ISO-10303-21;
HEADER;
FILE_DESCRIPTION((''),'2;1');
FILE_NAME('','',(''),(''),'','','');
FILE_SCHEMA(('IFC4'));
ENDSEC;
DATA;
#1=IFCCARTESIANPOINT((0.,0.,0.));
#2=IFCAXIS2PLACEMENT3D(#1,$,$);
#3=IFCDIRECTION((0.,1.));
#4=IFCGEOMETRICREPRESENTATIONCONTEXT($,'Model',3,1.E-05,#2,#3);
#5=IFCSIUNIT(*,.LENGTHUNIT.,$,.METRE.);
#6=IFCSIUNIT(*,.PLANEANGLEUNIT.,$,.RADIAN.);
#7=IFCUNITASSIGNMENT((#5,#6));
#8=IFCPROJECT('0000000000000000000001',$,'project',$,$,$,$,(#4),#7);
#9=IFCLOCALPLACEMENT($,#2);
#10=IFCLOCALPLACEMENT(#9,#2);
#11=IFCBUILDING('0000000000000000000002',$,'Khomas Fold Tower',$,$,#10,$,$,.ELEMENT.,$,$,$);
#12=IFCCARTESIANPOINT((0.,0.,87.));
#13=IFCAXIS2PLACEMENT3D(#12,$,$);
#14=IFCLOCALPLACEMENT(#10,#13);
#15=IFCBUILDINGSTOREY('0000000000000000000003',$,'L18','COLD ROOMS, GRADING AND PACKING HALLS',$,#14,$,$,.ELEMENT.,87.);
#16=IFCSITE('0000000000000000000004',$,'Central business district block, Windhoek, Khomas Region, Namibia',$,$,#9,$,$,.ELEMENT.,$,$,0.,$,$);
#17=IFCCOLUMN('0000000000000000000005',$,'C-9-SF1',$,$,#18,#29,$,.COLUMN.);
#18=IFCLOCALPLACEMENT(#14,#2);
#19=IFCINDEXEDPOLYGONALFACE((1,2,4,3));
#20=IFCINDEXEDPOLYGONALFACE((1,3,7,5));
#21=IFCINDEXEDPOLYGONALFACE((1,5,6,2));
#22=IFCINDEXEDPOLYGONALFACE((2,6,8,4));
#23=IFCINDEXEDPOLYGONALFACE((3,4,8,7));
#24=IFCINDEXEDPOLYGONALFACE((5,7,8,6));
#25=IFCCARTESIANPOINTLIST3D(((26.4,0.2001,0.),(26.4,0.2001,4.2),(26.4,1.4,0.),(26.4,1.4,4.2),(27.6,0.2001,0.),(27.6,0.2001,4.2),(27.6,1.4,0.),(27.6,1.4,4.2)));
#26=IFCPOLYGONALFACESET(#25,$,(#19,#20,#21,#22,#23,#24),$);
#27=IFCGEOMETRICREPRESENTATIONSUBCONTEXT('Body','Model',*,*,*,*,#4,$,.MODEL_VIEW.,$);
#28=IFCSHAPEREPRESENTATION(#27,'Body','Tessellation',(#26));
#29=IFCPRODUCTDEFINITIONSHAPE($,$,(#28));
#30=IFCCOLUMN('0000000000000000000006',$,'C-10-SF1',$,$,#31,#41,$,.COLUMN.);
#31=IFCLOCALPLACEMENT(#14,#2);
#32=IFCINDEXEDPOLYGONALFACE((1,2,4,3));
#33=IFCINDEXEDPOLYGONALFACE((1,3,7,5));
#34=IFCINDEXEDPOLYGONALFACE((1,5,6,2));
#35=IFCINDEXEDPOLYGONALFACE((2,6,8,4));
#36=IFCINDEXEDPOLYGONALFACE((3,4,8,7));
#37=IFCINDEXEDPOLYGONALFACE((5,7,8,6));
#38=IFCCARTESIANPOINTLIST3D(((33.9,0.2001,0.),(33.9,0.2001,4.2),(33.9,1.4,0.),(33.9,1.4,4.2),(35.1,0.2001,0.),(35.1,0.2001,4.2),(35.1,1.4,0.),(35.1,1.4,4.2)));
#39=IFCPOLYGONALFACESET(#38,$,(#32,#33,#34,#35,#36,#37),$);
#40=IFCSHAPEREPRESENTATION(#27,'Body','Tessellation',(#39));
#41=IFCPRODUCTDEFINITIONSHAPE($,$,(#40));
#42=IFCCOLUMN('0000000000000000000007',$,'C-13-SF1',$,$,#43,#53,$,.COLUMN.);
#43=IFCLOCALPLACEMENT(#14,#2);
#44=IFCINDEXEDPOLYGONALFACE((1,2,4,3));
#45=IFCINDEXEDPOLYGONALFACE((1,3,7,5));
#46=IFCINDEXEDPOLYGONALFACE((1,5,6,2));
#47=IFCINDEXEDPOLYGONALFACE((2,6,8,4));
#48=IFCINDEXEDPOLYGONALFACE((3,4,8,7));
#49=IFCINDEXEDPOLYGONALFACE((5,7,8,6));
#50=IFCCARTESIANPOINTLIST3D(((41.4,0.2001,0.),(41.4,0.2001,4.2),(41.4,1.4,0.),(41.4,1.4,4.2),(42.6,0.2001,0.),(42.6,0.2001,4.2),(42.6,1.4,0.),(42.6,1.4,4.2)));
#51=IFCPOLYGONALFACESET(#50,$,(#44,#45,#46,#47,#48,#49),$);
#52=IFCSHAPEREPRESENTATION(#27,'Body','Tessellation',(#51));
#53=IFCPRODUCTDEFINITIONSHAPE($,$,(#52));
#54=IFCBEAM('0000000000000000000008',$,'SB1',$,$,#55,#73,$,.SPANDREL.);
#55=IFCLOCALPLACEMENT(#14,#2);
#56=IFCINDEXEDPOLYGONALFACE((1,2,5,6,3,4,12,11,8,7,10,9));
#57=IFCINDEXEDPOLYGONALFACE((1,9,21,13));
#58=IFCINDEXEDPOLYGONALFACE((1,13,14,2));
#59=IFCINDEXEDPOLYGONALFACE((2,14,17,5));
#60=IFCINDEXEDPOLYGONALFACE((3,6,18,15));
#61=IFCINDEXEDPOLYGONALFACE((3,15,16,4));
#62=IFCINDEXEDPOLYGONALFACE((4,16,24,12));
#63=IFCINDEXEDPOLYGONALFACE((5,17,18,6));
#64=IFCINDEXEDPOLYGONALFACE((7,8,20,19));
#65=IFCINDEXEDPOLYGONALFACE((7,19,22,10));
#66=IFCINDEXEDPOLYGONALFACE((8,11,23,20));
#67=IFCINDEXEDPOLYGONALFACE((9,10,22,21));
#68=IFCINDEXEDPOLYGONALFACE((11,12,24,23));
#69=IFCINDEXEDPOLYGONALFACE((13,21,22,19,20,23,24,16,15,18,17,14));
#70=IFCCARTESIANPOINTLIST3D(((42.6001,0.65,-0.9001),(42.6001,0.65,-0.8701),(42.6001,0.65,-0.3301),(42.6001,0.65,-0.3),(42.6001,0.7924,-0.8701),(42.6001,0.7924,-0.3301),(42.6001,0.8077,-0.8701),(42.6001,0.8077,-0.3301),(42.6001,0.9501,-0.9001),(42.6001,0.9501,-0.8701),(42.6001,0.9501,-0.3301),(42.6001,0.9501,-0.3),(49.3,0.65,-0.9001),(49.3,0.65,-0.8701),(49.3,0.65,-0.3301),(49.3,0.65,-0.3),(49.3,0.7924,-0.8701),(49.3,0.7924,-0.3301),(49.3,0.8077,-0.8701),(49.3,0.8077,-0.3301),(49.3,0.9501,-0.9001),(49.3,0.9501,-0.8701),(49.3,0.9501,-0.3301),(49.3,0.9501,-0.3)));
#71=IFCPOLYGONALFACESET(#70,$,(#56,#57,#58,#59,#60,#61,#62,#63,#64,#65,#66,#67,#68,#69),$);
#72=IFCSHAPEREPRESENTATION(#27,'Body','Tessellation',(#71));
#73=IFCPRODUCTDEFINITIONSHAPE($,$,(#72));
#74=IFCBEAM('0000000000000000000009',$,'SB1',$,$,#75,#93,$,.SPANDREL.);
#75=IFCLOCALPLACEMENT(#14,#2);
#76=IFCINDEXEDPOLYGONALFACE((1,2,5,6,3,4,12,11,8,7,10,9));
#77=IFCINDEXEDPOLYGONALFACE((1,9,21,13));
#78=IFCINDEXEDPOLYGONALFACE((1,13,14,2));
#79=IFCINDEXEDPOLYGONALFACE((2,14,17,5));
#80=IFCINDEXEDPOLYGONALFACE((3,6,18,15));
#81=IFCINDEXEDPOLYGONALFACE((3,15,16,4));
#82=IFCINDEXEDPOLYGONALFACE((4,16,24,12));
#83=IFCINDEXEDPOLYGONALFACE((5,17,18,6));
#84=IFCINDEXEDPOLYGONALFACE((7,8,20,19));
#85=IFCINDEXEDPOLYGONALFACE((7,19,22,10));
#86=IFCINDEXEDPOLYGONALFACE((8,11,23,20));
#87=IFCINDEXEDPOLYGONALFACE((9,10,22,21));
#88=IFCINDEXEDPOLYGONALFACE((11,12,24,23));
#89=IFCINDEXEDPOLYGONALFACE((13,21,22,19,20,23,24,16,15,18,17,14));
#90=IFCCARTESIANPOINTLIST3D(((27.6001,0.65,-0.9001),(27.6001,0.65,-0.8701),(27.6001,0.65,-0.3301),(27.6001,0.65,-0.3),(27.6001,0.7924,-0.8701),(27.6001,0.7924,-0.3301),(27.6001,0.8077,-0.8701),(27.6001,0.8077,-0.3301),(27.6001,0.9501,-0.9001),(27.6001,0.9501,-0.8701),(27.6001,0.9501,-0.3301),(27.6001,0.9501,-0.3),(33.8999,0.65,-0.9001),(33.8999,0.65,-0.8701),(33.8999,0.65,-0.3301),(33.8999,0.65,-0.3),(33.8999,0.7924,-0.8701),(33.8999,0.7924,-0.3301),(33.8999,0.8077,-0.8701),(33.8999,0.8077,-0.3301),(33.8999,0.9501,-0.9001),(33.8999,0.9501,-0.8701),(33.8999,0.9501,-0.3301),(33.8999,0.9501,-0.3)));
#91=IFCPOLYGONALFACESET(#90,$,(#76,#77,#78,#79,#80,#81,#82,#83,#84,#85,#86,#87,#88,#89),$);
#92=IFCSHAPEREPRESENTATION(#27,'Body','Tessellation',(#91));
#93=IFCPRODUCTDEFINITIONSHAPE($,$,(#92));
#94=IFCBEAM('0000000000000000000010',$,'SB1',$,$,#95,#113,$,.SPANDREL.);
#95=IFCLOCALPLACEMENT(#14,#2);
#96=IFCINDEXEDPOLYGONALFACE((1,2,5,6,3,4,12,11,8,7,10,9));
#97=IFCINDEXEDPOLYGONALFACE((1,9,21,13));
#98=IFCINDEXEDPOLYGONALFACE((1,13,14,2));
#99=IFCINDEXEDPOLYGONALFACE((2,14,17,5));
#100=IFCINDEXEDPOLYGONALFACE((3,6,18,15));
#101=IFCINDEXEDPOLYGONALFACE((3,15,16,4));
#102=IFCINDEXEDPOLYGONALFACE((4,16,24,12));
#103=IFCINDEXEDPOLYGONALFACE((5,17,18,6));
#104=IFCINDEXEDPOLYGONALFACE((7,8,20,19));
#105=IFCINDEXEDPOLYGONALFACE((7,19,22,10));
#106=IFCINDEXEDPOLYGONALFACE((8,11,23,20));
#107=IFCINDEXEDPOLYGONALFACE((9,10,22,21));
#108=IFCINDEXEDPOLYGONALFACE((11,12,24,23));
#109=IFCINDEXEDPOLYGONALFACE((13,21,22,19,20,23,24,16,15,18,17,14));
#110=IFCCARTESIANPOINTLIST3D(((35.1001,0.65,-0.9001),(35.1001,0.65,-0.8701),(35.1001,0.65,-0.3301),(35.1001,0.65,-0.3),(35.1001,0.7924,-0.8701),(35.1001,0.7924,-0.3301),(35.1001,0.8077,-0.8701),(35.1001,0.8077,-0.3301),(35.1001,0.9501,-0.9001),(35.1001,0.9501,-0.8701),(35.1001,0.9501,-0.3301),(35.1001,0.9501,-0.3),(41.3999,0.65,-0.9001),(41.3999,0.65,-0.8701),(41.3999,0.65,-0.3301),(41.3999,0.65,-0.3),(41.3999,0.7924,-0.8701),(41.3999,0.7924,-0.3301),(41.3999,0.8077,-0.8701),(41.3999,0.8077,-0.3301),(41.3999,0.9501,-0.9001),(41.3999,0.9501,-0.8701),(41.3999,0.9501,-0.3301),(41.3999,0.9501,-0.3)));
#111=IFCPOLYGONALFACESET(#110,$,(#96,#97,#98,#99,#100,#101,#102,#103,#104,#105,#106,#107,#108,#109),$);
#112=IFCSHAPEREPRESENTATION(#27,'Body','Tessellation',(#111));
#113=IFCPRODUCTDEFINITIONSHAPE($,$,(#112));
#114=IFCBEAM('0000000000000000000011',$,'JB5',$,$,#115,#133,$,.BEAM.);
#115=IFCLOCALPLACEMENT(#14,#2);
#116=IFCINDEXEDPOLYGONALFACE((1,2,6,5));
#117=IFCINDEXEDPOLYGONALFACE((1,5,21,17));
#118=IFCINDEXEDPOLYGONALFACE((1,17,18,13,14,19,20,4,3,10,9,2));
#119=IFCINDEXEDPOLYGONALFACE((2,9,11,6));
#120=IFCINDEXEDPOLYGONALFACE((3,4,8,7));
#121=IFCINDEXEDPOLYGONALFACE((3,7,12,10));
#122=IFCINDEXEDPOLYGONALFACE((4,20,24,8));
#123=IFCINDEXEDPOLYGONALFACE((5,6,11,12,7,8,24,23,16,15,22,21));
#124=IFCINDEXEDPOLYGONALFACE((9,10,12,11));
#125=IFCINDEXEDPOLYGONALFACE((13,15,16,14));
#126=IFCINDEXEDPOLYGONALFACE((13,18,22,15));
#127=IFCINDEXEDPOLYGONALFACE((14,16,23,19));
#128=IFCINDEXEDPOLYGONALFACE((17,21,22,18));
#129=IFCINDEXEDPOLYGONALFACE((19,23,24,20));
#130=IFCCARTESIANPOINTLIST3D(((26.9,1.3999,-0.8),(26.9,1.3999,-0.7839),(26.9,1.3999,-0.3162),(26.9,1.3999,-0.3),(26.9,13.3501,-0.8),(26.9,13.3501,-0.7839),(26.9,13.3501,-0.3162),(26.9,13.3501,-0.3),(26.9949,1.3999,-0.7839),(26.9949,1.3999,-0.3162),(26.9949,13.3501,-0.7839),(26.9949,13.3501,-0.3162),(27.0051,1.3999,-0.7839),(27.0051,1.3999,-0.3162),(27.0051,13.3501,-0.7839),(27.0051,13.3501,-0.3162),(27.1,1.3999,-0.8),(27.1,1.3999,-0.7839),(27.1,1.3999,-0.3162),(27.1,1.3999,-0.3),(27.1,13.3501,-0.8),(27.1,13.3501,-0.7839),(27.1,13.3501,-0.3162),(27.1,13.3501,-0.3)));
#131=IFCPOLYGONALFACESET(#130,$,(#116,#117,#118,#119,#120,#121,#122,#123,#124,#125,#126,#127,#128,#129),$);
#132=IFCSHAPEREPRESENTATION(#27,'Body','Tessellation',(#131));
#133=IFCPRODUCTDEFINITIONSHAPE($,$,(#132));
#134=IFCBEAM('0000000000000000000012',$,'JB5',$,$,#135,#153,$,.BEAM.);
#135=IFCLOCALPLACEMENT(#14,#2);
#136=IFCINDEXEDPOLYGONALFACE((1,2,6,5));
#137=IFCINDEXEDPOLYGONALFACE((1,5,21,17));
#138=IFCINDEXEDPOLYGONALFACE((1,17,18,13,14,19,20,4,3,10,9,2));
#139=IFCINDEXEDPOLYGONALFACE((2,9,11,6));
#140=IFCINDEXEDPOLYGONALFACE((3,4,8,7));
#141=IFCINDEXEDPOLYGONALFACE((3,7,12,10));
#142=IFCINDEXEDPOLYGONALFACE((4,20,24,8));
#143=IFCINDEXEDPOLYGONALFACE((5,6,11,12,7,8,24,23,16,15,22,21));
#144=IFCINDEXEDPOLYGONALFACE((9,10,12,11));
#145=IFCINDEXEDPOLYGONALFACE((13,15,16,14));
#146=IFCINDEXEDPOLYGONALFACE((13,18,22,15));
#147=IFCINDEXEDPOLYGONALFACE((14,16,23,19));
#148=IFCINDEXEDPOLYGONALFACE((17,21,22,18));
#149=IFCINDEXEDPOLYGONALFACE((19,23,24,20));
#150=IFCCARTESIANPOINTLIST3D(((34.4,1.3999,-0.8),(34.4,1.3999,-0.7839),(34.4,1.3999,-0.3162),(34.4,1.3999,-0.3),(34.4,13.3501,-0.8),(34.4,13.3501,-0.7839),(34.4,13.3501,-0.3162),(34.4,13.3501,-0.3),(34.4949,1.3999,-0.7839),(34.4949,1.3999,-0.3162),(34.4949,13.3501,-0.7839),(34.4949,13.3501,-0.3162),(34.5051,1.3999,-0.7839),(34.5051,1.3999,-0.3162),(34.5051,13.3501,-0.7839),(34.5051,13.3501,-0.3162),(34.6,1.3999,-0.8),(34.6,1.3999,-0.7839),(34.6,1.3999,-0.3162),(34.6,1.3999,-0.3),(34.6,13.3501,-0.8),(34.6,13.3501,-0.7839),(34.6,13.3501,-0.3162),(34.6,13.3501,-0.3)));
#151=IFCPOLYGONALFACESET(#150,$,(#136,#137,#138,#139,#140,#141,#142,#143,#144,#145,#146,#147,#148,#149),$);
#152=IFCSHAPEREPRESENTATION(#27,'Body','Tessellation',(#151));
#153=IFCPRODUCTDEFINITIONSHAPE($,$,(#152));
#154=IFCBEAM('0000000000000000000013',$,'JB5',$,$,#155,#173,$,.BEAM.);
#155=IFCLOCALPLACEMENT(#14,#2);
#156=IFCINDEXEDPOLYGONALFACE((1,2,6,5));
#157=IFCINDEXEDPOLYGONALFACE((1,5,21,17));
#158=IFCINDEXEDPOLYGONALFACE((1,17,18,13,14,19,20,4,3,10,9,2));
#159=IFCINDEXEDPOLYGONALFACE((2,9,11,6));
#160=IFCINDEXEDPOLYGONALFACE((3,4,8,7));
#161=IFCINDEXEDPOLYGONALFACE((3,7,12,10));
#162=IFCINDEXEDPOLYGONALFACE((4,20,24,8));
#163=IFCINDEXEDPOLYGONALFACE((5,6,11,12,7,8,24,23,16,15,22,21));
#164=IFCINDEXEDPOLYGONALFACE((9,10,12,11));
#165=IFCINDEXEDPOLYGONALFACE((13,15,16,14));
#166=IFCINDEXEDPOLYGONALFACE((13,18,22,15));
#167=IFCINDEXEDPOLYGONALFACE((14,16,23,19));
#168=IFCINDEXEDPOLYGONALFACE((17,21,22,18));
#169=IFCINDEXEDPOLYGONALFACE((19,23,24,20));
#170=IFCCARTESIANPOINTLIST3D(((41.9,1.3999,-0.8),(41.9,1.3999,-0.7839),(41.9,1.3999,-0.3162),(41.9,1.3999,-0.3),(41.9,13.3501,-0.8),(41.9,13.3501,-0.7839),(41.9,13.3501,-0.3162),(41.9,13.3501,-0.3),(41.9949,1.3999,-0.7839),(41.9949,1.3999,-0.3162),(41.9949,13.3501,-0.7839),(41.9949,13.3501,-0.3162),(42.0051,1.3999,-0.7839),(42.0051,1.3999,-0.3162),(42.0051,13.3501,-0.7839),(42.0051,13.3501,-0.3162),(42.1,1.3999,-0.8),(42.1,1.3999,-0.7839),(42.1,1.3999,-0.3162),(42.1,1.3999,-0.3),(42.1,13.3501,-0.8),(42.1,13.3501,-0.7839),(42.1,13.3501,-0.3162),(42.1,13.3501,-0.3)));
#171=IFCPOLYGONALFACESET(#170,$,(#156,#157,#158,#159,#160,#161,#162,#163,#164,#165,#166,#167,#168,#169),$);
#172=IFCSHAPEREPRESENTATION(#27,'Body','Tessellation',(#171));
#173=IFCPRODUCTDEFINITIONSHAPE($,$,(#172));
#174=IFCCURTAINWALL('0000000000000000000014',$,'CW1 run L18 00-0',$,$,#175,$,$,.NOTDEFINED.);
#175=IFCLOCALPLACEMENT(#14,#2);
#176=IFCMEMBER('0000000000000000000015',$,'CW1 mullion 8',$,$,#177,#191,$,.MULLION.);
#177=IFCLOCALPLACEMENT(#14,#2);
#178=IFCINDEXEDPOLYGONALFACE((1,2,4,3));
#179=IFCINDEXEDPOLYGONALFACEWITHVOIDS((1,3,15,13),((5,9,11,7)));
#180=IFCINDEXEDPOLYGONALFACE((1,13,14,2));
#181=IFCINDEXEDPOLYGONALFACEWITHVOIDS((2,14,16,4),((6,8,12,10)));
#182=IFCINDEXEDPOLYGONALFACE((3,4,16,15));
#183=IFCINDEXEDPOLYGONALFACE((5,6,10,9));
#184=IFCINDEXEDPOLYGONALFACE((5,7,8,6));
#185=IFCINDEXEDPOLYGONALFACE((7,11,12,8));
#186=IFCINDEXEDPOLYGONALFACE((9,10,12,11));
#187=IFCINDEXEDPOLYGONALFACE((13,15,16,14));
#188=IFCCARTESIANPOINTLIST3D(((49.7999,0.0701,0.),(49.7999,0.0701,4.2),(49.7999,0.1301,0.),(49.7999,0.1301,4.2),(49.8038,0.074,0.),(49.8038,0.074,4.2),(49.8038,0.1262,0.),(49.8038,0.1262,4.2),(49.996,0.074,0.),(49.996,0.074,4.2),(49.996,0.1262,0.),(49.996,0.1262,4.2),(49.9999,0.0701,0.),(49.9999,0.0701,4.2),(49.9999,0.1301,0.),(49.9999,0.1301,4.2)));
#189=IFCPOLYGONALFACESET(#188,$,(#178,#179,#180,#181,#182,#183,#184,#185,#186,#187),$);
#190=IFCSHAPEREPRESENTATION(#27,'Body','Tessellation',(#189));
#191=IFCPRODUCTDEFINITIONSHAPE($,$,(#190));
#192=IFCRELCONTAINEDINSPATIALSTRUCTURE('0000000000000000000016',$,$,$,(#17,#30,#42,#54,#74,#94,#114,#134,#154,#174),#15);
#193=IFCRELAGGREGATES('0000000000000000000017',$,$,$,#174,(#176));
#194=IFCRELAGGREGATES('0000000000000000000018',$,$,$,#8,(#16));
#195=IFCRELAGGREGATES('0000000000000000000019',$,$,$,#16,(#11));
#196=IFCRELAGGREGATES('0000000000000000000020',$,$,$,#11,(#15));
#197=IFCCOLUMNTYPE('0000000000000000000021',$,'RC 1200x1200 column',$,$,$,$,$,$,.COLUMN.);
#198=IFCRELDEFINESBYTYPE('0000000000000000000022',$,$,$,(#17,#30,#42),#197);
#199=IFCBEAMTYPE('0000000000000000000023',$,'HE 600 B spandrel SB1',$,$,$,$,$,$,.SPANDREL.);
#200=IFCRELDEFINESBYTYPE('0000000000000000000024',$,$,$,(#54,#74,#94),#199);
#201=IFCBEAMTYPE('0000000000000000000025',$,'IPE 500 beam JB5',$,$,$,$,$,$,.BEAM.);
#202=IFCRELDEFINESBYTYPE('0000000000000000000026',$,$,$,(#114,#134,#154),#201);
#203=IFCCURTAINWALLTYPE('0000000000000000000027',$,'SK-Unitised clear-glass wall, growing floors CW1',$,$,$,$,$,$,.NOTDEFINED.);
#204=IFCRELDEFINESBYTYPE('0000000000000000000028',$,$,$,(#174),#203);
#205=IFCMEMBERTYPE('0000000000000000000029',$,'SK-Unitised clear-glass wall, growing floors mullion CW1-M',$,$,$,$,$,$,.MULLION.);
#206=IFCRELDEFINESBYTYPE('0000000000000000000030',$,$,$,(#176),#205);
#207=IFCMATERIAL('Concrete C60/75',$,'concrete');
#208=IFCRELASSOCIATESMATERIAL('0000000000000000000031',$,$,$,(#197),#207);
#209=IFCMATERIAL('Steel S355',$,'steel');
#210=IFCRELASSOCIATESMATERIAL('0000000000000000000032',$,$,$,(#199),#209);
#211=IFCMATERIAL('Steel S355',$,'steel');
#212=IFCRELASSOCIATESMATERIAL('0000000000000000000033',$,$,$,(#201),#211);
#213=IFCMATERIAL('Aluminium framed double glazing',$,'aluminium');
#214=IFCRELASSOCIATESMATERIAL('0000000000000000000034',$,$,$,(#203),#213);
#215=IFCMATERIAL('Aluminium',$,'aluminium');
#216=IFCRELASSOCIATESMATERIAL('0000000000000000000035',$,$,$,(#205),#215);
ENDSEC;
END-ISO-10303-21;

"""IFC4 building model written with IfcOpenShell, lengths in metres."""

from ifc_helpers import new_model, si_unit, direction, frame, origin, origin_2d, place, context, subcontext, project, spatial, rectangle, hollow_rectangle, i_section, extrude, source, transform, mapped, material, material_profile, profile_set, type_object, element, aggregate, save


model = new_model("IFC4")

# Units and contexts
model_context = context("Model", 3, precision=1e-05, world=origin(), true_north=direction((0.0, 1.0)))
body_context = subcontext(model_context, "Body", "Model", "MODEL_VIEW")
ifc_project = project(units=[si_unit("LENGTHUNIT", "METRE"), si_unit("PLANEANGLEUNIT", "RADIAN")], contexts=[model_context])

# Site, building, storey
site_placement = place(None, origin())
site = spatial("IfcSite", under=ifc_project, at=site_placement, Name="Central business district block, Windhoek, Khomas Region, Namibia", CompositionType="ELEMENT", RefElevation=0.0)
building_placement = place(site_placement, origin())
building = spatial("IfcBuilding", under=site, at=building_placement, Name="Khomas Fold Tower", CompositionType="ELEMENT")
storey_placement = place(building_placement, frame((0.0, 0.0, 87.0)))
storey = spatial("IfcBuildingStorey", under=building, at=storey_placement, Name="L18", Description="COLD ROOMS, GRADING AND PACKING HALLS", CompositionType="ELEMENT", Elevation=87.0)

# Columns
ifc_material_1 = material(Name="Concrete C60/75", Category="concrete")
ifc_material_profile_1 = material_profile(ifc_material_1, rectangle(XDim=1.2, YDim=1.2, at=origin_2d()), Name="RC 1200x1200")
ifc_profile_set_1 = profile_set([ifc_material_profile_1], Name="Concrete C60/75")
column_type = type_object("IfcColumnType", Name="RC 1200x1200 column", PredefinedType="COLUMN", material=ifc_profile_set_1)
shared_shape_1 = source(origin(), body_context, "Body", "SweptSolid", [
    extrude(rectangle(XDim=1.2, YDim=1.2, at=origin_2d()), origin(), (0.0, 0.0, 1.0), 4.2),
])
for number, where, z_axis, x_axis, name in (
    (1, (27.0, 0.8, 0.0), (0.0, 0.0, 1.0), (1.0, 0.0, 0.0), "C-9-SF1"),
    (2, (34.5, 0.8, 0.0), (0.0, 0.0, 1.0), (1.0, 0.0, 0.0), "C-10-SF1"),
    (3, (42.0, 0.8, 0.0), (0.0, 0.0, 1.0), (1.0, 0.0, 0.0), "C-13-SF1"),
):
    element("IfcColumn", number, at=place(storey_placement, frame(where, z_axis=z_axis, x_axis=x_axis)), inside=storey, type_object=column_type, Name=name, PredefinedType="COLUMN", context=body_context, shape_type="MappedRepresentation", body=[
        mapped(shared_shape_1, transform((0.0, 0.0, 0.0))),
    ])

# Beams
ifc_material_2 = material(Name="Steel S355", Category="steel")
ifc_material_profile_2 = material_profile(ifc_material_2, i_section(OverallWidth=0.3, OverallDepth=0.6001, WebThickness=0.0154, FlangeThickness=0.03, at=origin_2d()), Name="HE 600 B")
ifc_profile_set_2 = profile_set([ifc_material_profile_2], Name="Steel S355")
beam_type_1 = type_object("IfcBeamType", Name="HE 600 B spandrel SB1", PredefinedType="SPANDREL", material=ifc_profile_set_2)
shared_shape_2 = source(origin(), body_context, "Body", "SweptSolid", [
    extrude(i_section(OverallWidth=0.3, OverallDepth=0.6001, WebThickness=0.0154, FlangeThickness=0.03, at=origin_2d()), origin(), (0.0, 0.0, 1.0), 6.7),
])
beam_placement = place(storey_placement, frame((42.6001, 0.8, -0.6001), z_axis=(1.0, 0.0, 0.0), x_axis=(0.0, 1.0, 0.0)))
element("IfcBeam", 4, at=beam_placement, inside=storey, type_object=beam_type_1, Name="SB1", PredefinedType="SPANDREL", context=body_context, shape_type="MappedRepresentation", body=[
    mapped(shared_shape_2, transform((0.0, 0.0, 0.0))),
])
shared_shape_3 = source(origin(), body_context, "Body", "SweptSolid", [
    extrude(i_section(OverallWidth=0.3, OverallDepth=0.6001, WebThickness=0.0154, FlangeThickness=0.03, at=origin_2d()), origin(), (0.0, 0.0, 1.0), 6.2998),
])
for number, where, z_axis, x_axis, name in (
    (5, (27.6001, 0.8, -0.6001), (1.0, 0.0, 0.0), (0.0, 1.0, 0.0), "SB1"),
    (6, (35.1001, 0.8, -0.6001), (1.0, 0.0, 0.0), (0.0, 1.0, 0.0), "SB1"),
):
    element("IfcBeam", number, at=place(storey_placement, frame(where, z_axis=z_axis, x_axis=x_axis)), inside=storey, type_object=beam_type_1, Name=name, PredefinedType="SPANDREL", context=body_context, shape_type="MappedRepresentation", body=[
        mapped(shared_shape_3, transform((0.0, 0.0, 0.0))),
    ])
ifc_material_3 = material(Name="Steel S355", Category="steel")
ifc_material_profile_3 = material_profile(ifc_material_3, i_section(OverallWidth=0.2, OverallDepth=0.5, WebThickness=0.0103, FlangeThickness=0.0161, at=origin_2d()), Name="IPE 500")
ifc_profile_set_3 = profile_set([ifc_material_profile_3], Name="Steel S355")
beam_type_2 = type_object("IfcBeamType", Name="IPE 500 beam JB5", PredefinedType="BEAM", material=ifc_profile_set_3)
shared_shape_4 = source(origin(), body_context, "Body", "SweptSolid", [
    extrude(i_section(OverallWidth=0.2, OverallDepth=0.5, WebThickness=0.0103, FlangeThickness=0.0161, at=origin_2d()), origin(), (0.0, 0.0, 1.0), 11.9502),
])
for number, where, z_axis, x_axis, name in (
    (7, (27.0, 1.3999, -0.55), (0.0, 1.0, 0.0), (-1.0, 0.0, 0.0), "JB5"),
    (8, (34.5, 1.3999, -0.55), (0.0, 1.0, 0.0), (-1.0, 0.0, 0.0), "JB5"),
    (9, (42.0, 1.3999, -0.55), (0.0, 1.0, 0.0), (-1.0, 0.0, 0.0), "JB5"),
):
    element("IfcBeam", number, at=place(storey_placement, frame(where, z_axis=z_axis, x_axis=x_axis)), inside=storey, type_object=beam_type_2, Name=name, PredefinedType="BEAM", context=body_context, shape_type="MappedRepresentation", body=[
        mapped(shared_shape_4, transform((0.0, 0.0, 0.0))),
    ])

# Curtain wall, member
ifc_material_4 = material(Name="Aluminium framed double glazing", Category="aluminium")
curtain_wall_type = type_object("IfcCurtainWallType", Name="SK-Unitised clear-glass wall, growing floors CW1", PredefinedType="NOTDEFINED", material=ifc_material_4)
curtain_wall_placement = place(storey_placement, origin())
curtain_wall = element("IfcCurtainWall", 10, at=curtain_wall_placement, inside=storey, type_object=curtain_wall_type, Name="CW1 run L18 00-0", PredefinedType="NOTDEFINED")
ifc_material_5 = material(Name="Aluminium", Category="aluminium")
ifc_material_profile_4 = material_profile(ifc_material_5, hollow_rectangle(XDim=0.0601, YDim=0.2, WallThickness=0.0039, at=origin_2d()), Name="SK-Unitised clear-glass wall, growing floors mullion CW1-M")
ifc_profile_set_4 = profile_set([ifc_material_profile_4], Name="Aluminium")
member_type = type_object("IfcMemberType", Name="SK-Unitised clear-glass wall, growing floors mullion CW1-M", PredefinedType="MULLION", material=ifc_profile_set_4)
shared_shape_5 = source(origin(), body_context, "Body", "SweptSolid", [
    extrude(hollow_rectangle(XDim=0.0601, YDim=0.2, WallThickness=0.0039, at=origin_2d()), origin(), (0.0, 0.0, 1.0), 4.2),
])
member_placement = place(storey_placement, frame((49.8999, 0.1001, 0.0), z_axis=(0.0, 0.0, 1.0), x_axis=(0.0, 1.0, 0.0)))
member = element("IfcMember", 11, at=member_placement, type_object=member_type, Name="CW1 mullion 8", PredefinedType="MULLION", context=body_context, shape_type="MappedRepresentation", body=[
    mapped(shared_shape_5, transform((0.0, 0.0, 0.0))),
])
aggregate(curtain_wall, [member])

save(model, "model.ifc")
